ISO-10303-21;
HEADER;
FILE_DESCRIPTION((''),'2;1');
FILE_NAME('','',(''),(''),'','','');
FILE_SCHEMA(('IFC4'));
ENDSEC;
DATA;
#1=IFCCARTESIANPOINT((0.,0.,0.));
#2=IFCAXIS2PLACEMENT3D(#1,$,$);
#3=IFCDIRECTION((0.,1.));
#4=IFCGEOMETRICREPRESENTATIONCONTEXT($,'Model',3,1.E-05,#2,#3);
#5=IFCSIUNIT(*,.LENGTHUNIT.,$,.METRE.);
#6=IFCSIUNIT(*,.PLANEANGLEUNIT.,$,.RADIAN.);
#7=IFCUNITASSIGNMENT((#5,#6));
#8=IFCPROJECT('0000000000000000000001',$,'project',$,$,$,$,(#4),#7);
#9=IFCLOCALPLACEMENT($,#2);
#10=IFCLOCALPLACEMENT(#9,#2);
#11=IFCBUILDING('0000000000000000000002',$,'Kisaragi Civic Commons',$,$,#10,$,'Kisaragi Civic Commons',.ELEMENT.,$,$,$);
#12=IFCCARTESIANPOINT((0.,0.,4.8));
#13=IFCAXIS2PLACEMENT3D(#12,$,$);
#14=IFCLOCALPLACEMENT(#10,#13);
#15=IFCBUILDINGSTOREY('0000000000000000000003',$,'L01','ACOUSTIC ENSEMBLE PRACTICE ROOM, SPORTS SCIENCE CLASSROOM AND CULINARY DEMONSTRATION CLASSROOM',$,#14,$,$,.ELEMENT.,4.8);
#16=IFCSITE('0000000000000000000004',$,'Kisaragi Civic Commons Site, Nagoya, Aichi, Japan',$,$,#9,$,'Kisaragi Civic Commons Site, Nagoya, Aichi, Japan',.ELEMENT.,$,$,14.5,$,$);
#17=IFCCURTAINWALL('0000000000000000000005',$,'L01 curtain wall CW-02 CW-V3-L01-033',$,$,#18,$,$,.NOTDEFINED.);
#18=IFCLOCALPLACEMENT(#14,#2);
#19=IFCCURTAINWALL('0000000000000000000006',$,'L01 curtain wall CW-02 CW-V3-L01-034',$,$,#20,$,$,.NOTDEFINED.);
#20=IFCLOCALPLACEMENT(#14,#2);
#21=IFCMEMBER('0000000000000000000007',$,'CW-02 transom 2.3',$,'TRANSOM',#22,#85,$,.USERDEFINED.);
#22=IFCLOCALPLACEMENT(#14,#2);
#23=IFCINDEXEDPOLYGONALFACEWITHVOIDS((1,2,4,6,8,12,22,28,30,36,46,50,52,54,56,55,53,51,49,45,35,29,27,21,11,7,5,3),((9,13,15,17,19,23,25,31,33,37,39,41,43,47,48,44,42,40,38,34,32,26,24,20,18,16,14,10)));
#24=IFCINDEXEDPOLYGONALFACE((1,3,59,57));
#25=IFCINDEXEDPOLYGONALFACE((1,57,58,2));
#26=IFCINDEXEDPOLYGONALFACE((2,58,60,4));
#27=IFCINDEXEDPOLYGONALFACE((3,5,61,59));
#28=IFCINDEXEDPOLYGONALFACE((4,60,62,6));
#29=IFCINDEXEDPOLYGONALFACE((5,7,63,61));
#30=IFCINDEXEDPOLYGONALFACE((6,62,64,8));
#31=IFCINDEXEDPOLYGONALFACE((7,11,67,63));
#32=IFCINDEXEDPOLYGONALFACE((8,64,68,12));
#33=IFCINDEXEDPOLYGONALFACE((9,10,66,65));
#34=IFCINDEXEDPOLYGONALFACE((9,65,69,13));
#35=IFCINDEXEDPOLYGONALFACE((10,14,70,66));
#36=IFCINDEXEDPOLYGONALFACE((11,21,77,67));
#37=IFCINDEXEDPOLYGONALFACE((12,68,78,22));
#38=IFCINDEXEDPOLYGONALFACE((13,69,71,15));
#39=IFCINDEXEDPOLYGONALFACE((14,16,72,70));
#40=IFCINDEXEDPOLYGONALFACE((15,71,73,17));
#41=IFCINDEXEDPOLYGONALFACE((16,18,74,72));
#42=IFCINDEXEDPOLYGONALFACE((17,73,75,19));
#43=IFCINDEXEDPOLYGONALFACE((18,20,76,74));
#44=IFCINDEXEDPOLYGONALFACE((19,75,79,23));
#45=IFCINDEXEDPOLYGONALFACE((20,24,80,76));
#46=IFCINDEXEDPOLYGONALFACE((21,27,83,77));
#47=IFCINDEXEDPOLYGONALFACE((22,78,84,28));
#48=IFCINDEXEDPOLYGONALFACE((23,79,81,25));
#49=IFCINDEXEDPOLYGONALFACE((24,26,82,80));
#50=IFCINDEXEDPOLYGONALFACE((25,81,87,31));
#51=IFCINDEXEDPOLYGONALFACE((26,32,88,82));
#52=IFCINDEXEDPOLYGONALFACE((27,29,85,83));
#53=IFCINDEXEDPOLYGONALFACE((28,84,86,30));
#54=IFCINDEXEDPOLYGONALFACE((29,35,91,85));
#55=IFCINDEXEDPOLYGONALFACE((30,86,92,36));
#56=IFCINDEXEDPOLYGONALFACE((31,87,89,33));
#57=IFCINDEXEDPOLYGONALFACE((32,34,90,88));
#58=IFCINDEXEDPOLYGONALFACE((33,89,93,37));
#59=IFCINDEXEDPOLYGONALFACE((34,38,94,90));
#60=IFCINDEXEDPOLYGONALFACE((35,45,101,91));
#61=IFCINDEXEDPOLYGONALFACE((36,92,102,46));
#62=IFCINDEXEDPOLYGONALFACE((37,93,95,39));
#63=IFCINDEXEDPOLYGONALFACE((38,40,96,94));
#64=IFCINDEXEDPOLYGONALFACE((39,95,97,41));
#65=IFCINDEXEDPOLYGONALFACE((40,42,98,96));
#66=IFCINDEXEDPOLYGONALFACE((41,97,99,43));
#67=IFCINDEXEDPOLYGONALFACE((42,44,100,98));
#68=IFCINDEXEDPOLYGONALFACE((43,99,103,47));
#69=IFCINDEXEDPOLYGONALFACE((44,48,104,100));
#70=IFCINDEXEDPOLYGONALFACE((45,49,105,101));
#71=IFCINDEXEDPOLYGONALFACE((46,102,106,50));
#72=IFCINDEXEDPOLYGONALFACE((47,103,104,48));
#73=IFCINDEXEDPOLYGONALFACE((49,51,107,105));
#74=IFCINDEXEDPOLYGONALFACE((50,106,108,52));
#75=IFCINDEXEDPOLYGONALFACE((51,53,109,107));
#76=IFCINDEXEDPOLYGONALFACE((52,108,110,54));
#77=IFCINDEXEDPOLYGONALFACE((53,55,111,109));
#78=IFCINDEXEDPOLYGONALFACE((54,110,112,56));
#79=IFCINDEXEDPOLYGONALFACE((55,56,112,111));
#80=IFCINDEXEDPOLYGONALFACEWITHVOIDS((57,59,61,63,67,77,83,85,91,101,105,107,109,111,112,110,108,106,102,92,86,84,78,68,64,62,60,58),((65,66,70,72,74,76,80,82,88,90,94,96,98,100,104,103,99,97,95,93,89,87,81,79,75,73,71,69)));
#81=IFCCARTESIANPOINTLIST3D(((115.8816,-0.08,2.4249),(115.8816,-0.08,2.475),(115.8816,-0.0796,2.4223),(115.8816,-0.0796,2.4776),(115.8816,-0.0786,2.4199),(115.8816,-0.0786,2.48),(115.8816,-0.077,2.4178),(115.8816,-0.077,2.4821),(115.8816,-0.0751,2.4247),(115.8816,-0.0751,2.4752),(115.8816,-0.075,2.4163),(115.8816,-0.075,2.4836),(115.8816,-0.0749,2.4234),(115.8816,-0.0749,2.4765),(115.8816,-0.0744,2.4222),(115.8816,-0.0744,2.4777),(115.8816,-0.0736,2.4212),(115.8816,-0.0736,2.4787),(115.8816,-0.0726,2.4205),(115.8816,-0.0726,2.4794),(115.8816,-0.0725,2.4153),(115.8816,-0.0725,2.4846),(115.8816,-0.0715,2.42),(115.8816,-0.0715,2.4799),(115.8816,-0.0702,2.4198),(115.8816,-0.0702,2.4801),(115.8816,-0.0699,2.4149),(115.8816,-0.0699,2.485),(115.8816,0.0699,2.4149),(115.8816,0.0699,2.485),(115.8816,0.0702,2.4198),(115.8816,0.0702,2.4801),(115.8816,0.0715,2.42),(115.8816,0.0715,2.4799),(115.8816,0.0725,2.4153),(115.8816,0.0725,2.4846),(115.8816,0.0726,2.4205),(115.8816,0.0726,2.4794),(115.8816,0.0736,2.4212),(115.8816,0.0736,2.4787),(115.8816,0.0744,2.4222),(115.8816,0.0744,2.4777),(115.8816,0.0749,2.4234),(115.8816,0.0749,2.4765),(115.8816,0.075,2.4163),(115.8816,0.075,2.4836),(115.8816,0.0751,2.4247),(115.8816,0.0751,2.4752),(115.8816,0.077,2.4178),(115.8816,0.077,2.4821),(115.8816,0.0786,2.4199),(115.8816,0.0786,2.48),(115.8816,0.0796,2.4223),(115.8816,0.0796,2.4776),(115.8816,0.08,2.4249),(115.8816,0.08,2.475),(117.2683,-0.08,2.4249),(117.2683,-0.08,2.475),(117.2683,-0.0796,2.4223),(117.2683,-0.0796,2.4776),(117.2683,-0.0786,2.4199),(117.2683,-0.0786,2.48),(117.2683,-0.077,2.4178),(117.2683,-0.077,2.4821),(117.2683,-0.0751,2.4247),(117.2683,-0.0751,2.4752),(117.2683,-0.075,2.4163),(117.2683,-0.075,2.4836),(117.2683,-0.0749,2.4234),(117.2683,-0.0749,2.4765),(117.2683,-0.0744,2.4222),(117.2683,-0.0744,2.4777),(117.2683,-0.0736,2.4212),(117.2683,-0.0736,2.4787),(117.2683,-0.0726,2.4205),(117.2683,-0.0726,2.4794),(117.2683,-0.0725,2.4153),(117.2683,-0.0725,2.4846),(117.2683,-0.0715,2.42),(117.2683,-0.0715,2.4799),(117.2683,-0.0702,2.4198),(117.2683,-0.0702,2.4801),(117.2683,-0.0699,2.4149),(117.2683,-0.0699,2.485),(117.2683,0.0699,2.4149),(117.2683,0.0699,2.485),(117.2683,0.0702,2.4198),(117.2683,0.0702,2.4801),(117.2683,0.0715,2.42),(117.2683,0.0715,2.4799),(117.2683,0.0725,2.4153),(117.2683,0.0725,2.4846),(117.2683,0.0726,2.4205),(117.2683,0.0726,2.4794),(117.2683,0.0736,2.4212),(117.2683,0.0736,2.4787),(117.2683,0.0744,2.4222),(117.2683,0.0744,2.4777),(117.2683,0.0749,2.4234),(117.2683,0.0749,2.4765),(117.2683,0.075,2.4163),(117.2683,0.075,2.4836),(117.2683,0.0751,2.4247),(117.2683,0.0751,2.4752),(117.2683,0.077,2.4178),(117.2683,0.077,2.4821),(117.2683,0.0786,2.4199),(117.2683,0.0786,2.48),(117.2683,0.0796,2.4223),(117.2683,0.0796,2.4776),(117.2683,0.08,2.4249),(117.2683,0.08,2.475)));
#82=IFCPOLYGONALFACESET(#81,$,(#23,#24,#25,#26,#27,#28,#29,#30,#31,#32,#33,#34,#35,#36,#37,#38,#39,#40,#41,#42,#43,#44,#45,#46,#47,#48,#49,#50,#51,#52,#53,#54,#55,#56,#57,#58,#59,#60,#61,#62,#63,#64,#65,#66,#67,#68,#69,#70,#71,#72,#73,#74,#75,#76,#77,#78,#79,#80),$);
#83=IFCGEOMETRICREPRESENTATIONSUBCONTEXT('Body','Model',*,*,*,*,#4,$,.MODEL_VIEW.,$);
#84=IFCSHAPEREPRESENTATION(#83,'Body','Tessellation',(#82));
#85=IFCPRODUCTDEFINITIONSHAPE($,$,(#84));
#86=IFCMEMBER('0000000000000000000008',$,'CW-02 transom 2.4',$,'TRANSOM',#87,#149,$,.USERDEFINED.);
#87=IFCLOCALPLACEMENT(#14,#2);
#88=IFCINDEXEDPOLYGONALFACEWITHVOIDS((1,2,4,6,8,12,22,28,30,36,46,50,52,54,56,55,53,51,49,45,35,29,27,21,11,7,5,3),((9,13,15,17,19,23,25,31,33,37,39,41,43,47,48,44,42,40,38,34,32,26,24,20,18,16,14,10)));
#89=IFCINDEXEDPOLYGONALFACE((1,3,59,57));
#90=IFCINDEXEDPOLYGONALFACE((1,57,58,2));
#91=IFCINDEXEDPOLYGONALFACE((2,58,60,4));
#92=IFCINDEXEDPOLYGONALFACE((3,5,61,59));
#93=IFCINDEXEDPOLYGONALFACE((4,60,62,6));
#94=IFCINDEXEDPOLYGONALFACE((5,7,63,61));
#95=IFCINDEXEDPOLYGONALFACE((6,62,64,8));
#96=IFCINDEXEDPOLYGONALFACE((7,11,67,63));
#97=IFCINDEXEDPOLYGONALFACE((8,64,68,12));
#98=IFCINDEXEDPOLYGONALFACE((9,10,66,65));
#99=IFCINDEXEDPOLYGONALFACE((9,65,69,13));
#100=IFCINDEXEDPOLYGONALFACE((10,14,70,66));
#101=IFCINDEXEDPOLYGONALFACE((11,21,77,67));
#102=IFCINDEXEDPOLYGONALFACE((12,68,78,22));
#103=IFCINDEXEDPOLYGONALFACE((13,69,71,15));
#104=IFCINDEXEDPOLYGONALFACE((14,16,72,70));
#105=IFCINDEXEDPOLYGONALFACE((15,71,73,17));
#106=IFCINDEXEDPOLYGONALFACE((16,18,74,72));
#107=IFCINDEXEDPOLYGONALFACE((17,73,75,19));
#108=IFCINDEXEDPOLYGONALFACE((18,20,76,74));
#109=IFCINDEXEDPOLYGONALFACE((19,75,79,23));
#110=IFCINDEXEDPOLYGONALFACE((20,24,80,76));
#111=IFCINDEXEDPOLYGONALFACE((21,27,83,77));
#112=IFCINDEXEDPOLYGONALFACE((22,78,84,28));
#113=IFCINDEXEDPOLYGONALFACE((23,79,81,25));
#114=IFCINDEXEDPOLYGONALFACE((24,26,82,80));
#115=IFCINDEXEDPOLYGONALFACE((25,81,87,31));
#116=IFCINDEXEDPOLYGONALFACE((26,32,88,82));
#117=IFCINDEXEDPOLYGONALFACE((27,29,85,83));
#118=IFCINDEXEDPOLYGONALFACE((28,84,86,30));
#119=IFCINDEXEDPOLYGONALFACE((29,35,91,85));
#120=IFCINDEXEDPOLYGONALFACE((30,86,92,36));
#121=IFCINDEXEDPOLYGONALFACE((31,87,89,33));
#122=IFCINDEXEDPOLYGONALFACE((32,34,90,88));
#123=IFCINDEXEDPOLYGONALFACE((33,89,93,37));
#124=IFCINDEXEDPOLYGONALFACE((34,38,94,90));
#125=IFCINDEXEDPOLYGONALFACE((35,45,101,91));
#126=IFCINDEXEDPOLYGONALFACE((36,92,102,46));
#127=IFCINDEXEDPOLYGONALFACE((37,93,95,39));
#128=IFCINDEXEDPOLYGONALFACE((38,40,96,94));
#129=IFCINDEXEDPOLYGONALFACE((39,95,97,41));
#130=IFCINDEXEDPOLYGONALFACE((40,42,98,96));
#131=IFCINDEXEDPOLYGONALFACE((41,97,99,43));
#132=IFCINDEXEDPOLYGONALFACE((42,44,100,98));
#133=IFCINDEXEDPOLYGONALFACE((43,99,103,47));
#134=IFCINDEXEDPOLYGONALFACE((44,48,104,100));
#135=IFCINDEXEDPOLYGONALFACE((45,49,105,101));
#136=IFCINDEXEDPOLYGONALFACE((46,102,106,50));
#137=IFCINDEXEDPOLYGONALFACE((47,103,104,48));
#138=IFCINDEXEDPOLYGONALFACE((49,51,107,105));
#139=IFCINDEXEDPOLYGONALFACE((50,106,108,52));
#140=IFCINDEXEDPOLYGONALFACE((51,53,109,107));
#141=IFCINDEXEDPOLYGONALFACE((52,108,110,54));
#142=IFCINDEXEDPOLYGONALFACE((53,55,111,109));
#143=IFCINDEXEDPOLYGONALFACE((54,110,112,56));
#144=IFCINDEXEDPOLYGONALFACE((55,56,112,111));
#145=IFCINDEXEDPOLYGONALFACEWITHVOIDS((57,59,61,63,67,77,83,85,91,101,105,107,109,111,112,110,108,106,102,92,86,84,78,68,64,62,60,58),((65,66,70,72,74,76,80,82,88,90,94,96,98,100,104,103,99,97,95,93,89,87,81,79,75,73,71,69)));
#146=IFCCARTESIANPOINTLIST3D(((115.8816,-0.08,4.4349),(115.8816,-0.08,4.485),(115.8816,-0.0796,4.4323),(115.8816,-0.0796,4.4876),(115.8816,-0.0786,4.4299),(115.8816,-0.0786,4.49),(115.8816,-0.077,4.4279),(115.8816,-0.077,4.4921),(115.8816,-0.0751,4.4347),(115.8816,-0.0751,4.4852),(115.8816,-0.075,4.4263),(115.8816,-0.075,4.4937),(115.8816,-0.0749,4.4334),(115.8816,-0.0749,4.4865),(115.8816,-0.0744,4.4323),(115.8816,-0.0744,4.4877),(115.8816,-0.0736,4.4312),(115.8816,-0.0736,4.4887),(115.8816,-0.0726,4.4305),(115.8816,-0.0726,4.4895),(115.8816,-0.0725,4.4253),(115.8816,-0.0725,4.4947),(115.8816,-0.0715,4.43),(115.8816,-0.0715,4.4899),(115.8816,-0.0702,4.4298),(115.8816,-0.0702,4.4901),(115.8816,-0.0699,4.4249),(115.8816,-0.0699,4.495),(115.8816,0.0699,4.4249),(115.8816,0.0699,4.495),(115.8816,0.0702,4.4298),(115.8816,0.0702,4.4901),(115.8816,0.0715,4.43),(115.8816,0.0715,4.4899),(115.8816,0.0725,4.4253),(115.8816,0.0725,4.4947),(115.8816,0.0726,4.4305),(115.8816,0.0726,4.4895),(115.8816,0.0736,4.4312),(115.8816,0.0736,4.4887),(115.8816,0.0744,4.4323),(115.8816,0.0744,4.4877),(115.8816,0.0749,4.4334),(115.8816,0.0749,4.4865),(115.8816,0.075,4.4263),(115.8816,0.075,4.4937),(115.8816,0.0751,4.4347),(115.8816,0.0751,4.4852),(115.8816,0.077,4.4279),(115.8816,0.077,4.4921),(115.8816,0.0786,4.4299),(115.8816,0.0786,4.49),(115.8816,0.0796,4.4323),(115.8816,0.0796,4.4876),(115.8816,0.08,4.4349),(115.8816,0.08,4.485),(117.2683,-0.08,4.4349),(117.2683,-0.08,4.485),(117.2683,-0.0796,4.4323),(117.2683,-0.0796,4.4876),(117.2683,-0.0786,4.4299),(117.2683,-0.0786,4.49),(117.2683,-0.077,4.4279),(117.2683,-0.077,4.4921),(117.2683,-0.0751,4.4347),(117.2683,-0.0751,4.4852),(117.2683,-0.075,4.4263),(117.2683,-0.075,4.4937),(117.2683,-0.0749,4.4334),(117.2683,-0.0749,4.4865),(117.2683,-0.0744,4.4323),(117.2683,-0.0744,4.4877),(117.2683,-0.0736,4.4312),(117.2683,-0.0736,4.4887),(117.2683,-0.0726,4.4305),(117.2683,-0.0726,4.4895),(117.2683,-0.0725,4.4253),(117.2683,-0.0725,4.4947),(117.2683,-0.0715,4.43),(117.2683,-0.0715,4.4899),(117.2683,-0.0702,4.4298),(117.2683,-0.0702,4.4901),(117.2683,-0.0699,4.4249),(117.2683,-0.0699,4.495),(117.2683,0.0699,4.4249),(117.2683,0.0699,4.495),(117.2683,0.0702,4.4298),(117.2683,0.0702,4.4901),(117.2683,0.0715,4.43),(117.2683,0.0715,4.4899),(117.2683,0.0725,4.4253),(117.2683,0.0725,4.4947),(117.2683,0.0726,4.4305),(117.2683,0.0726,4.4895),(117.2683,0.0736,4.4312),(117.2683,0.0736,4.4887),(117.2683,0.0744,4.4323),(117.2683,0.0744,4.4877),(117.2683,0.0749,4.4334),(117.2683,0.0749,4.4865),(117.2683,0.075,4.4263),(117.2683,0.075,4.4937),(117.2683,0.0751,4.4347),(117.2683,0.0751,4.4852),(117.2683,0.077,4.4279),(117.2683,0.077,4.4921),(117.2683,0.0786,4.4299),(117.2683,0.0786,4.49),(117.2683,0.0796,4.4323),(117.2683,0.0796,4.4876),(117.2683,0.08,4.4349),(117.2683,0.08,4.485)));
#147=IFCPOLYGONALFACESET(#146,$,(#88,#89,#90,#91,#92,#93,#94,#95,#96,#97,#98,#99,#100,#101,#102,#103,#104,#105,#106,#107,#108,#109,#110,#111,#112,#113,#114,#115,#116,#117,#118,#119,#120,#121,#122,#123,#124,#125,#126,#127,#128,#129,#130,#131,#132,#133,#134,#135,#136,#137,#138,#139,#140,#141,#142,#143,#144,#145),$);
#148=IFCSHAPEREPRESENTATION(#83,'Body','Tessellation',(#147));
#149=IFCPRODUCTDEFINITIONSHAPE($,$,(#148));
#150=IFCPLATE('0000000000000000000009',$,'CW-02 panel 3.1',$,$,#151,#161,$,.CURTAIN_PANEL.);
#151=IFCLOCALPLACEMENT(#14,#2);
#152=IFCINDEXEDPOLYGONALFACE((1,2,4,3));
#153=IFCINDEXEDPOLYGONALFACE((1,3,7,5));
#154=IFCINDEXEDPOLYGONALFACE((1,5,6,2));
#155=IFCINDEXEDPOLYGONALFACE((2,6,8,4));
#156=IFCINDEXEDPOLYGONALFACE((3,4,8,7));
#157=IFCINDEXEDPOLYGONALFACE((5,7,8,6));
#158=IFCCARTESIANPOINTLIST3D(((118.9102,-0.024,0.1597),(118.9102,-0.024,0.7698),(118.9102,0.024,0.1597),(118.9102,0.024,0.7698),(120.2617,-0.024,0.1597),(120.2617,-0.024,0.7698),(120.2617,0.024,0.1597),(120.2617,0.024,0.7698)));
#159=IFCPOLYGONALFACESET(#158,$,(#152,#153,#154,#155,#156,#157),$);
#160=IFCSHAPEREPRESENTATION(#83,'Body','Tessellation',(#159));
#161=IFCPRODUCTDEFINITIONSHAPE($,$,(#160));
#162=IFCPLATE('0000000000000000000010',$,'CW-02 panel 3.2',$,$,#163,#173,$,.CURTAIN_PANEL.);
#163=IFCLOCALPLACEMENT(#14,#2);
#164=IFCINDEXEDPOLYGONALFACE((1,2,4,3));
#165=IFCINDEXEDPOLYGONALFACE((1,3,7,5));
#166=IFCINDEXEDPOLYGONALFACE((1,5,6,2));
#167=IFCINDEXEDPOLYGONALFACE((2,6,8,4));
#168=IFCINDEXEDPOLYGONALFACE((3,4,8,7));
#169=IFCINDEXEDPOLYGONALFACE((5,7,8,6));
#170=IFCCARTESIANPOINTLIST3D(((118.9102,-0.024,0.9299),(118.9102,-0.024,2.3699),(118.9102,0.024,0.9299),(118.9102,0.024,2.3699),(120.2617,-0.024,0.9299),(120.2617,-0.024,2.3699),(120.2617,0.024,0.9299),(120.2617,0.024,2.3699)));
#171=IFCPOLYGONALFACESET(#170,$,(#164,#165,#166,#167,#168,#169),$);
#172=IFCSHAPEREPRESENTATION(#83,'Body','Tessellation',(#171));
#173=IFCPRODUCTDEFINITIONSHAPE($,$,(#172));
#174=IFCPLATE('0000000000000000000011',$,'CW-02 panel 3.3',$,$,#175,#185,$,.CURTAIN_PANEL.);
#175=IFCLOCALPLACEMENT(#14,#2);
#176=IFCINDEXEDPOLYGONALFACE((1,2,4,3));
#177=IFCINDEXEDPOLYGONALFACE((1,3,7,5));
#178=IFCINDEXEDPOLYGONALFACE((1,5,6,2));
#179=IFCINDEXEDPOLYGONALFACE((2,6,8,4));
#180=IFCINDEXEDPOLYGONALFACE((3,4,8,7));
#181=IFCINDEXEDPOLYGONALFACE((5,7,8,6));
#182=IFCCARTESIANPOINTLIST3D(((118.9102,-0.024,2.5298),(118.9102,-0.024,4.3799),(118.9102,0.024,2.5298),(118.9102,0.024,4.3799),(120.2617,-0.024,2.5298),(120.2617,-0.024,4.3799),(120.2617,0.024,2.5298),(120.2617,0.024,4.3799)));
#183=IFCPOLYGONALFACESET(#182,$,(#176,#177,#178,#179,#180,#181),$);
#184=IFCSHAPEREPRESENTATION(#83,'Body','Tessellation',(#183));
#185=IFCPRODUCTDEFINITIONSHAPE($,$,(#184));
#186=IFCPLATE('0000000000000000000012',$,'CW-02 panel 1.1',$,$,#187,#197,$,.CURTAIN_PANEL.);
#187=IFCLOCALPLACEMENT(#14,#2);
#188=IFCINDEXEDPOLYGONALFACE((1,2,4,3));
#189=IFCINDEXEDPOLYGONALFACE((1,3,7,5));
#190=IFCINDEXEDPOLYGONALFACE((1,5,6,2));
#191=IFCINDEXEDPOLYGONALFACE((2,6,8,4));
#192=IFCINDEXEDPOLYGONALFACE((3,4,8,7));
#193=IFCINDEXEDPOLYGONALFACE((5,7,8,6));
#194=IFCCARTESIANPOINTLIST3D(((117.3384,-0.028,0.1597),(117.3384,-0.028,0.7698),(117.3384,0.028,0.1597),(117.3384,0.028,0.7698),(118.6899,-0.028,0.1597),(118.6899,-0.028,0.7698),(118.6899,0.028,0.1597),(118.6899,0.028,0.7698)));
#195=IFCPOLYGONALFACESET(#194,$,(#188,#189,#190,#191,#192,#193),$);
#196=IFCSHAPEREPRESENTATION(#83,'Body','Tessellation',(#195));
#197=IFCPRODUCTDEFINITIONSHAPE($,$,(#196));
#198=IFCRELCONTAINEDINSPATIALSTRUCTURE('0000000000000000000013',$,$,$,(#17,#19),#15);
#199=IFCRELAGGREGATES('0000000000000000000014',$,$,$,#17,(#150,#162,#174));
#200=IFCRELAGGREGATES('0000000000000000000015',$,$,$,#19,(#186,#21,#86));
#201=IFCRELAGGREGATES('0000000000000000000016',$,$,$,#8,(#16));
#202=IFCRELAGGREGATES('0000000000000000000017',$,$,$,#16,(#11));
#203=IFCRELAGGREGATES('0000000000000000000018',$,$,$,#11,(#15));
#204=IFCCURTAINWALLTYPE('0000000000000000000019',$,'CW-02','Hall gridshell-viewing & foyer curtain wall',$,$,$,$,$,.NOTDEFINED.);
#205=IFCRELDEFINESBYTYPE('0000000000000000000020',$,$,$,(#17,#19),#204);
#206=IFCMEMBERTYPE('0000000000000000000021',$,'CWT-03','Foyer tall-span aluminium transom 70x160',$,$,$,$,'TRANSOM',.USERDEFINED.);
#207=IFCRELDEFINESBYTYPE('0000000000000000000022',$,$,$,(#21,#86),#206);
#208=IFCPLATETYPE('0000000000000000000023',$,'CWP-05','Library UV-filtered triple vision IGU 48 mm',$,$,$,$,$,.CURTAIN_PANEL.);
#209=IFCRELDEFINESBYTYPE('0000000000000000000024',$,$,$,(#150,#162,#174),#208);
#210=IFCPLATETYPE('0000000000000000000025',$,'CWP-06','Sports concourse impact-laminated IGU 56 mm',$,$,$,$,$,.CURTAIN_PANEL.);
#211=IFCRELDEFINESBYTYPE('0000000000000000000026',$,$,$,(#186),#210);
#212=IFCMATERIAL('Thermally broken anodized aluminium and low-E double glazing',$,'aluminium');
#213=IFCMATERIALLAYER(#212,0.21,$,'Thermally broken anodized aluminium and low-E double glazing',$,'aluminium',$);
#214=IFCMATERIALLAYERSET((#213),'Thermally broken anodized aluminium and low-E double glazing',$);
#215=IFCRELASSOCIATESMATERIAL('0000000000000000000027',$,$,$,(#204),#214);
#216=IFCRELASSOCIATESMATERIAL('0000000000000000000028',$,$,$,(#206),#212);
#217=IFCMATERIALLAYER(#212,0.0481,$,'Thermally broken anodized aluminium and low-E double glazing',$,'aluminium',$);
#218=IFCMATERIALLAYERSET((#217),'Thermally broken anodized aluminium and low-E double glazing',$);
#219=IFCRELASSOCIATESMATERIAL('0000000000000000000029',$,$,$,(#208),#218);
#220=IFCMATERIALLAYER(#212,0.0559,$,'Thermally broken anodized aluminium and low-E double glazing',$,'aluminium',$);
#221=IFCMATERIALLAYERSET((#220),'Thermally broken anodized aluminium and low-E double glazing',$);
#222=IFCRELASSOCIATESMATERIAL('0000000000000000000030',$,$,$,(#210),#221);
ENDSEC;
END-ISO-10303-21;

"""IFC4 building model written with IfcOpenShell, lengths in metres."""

from ifc_helpers import new_model, si_unit, direction, frame, origin, origin_2d, place, context, subcontext, project, spatial, rectangle, hollow_rectangle, extrude, material, layer, layer_set, material_profile, profile_set, type_object, element, aggregate, save


model = new_model("IFC4")

# Units and contexts
model_context = context("Model", 3, precision=1e-05, world=origin(), true_north=direction((0.0, 1.0)))
body_context = subcontext(model_context, "Body", "Model", "MODEL_VIEW")
ifc_project = project(units=[si_unit("LENGTHUNIT", "METRE"), si_unit("PLANEANGLEUNIT", "RADIAN")], contexts=[model_context])

# Site, building, storey
site_placement = place(None, origin())
site = spatial("IfcSite", under=ifc_project, at=site_placement, Name="Kisaragi Civic Commons Site, Nagoya, Aichi, Japan", LongName="Kisaragi Civic Commons Site, Nagoya, Aichi, Japan", CompositionType="ELEMENT", RefElevation=14.5)
building_placement = place(site_placement, origin())
building = spatial("IfcBuilding", under=site, at=building_placement, Name="Kisaragi Civic Commons", LongName="Kisaragi Civic Commons", CompositionType="ELEMENT")
storey_placement = place(building_placement, frame((0.0, 0.0, 4.8)))
storey = spatial("IfcBuildingStorey", under=building, at=storey_placement, Name="L01", Description="ACOUSTIC ENSEMBLE PRACTICE ROOM, SPORTS SCIENCE CLASSROOM AND CULINARY DEMONSTRATION CLASSROOM", CompositionType="ELEMENT", Elevation=4.8)

# Curtain wall
ifc_material = material(Name="Thermally broken anodized aluminium and low-E double glazing", Category="aluminium")
ifc_layer_1 = layer(ifc_material, 0.21, Name="Thermally broken anodized aluminium and low-E double glazing", Category="aluminium")
ifc_layer_set_1 = layer_set([ifc_layer_1], Name="Thermally broken anodized aluminium and low-E double glazing")
curtain_wall_type = type_object("IfcCurtainWallType", Name="CW-02", Description="Hall gridshell-viewing & foyer curtain wall", PredefinedType="NOTDEFINED", material=ifc_layer_set_1)
curtain_wall_1_placement = place(storey_placement, origin())
curtain_wall_1 = element("IfcCurtainWall", 1, at=curtain_wall_1_placement, inside=storey, type_object=curtain_wall_type, Name="L01 curtain wall CW-02 CW-V3-L01-033", PredefinedType="NOTDEFINED")

# Curtain wall
curtain_wall_2_placement = place(storey_placement, origin())
curtain_wall_2 = element("IfcCurtainWall", 2, at=curtain_wall_2_placement, inside=storey, type_object=curtain_wall_type, Name="L01 curtain wall CW-02 CW-V3-L01-034", PredefinedType="NOTDEFINED")

# Members
ifc_material_profile_1 = material_profile(ifc_material, hollow_rectangle(XDim=0.1599, YDim=0.0701, WallThickness=0.0049, InnerFilletRadius=0.0049, OuterFilletRadius=0.01, at=origin_2d()), Name="CWT-70x160x5", Category="aluminium")
ifc_profile_set_1 = profile_set([ifc_material_profile_1], Name="Thermally broken anodized aluminium and low-E double glazing")
member_type_1 = type_object("IfcMemberType", Name="CWT-03", Description="Foyer tall-span aluminium transom 70x160", ElementType="TRANSOM", PredefinedType="USERDEFINED", material=ifc_profile_set_1)
member_1_placement = place(storey_placement, frame((117.2683, 0.0, 2.45), z_axis=(-1.0, 0.0, 0.0), x_axis=(0.0, -1.0, 0.0)))
member_1 = element("IfcMember", 3, at=member_1_placement, type_object=member_type_1, Name="CW-02 transom 2.3", ObjectType="TRANSOM", PredefinedType="USERDEFINED", context=body_context, shape_type="SweptSolid", body=[
    extrude(hollow_rectangle(XDim=0.1599, YDim=0.0701, WallThickness=0.0049, InnerFilletRadius=0.0049, OuterFilletRadius=0.01, at=origin_2d()), origin(), (0.0, 0.0, 1.0), 1.3867),
])
member_2_placement = place(storey_placement, frame((117.2683, 0.0, 4.46), z_axis=(-1.0, 0.0, 0.0), x_axis=(0.0, -1.0, 0.0)))
member_2 = element("IfcMember", 4, at=member_2_placement, type_object=member_type_1, Name="CW-02 transom 2.4", ObjectType="TRANSOM", PredefinedType="USERDEFINED", context=body_context, shape_type="SweptSolid", body=[
    extrude(hollow_rectangle(XDim=0.1599, YDim=0.0701, WallThickness=0.0049, InnerFilletRadius=0.0049, OuterFilletRadius=0.01, at=origin_2d()), origin(), (0.0, 0.0, 1.0), 1.3867),
])

# Plates
ifc_layer_2 = layer(ifc_material, 0.0481, Name="Thermally broken anodized aluminium and low-E double glazing", Category="aluminium")
ifc_layer_set_2 = layer_set([ifc_layer_2], Name="Thermally broken anodized aluminium and low-E double glazing")
plate_type_1 = type_object("IfcPlateType", Name="CWP-05", Description="Library UV-filtered triple vision IGU 48 mm", PredefinedType="CURTAIN_PANEL", material=ifc_layer_set_2)
plate_1_placement = place(storey_placement, frame((119.5859, 0.0, 0.1597), z_axis=(0.0, 0.0, 1.0), x_axis=(-1.0, 0.0, 0.0)))
plate_1 = element("IfcPlate", 5, at=plate_1_placement, type_object=plate_type_1, Name="CW-02 panel 3.1", PredefinedType="CURTAIN_PANEL", context=body_context, shape_type="SweptSolid", body=[
    extrude(rectangle(XDim=1.3516, YDim=0.0481, at=origin_2d()), origin(), (0.0, 0.0, 1.0), 0.6101),
])
plate_2_placement = place(storey_placement, frame((119.5859, 0.0, 0.9299), z_axis=(0.0, 0.0, 1.0), x_axis=(-1.0, 0.0, 0.0)))
plate_2 = element("IfcPlate", 6, at=plate_2_placement, type_object=plate_type_1, Name="CW-02 panel 3.2", PredefinedType="CURTAIN_PANEL", context=body_context, shape_type="SweptSolid", body=[
    extrude(rectangle(XDim=1.3516, YDim=0.0481, at=origin_2d()), origin(), (0.0, 0.0, 1.0), 1.4399),
])
plate_3_placement = place(storey_placement, frame((119.5859, 0.0, 2.5298), z_axis=(0.0, 0.0, 1.0), x_axis=(-1.0, 0.0, 0.0)))
plate_3 = element("IfcPlate", 7, at=plate_3_placement, type_object=plate_type_1, Name="CW-02 panel 3.3", PredefinedType="CURTAIN_PANEL", context=body_context, shape_type="SweptSolid", body=[
    extrude(rectangle(XDim=1.3516, YDim=0.0481, at=origin_2d()), origin(), (0.0, 0.0, 1.0), 1.8501),
])
aggregate(curtain_wall_1, [plate_1, plate_2, plate_3])
ifc_layer_3 = layer(ifc_material, 0.0559, Name="Thermally broken anodized aluminium and low-E double glazing", Category="aluminium")
ifc_layer_set_3 = layer_set([ifc_layer_3], Name="Thermally broken anodized aluminium and low-E double glazing")
plate_type_2 = type_object("IfcPlateType", Name="CWP-06", Description="Sports concourse impact-laminated IGU 56 mm", PredefinedType="CURTAIN_PANEL", material=ifc_layer_set_3)
plate_4_placement = place(storey_placement, frame((118.0142, 0.0, 0.1597), z_axis=(0.0, 0.0, 1.0), x_axis=(-1.0, 0.0, 0.0)))
plate_4 = element("IfcPlate", 8, at=plate_4_placement, type_object=plate_type_2, Name="CW-02 panel 1.1", PredefinedType="CURTAIN_PANEL", context=body_context, shape_type="SweptSolid", body=[
    extrude(rectangle(XDim=1.3516, YDim=0.0559, at=origin_2d()), origin(), (0.0, 0.0, 1.0), 0.6101),
])
aggregate(curtain_wall_2, [plate_4, member_1, member_2])

save(model, "model.ifc")
